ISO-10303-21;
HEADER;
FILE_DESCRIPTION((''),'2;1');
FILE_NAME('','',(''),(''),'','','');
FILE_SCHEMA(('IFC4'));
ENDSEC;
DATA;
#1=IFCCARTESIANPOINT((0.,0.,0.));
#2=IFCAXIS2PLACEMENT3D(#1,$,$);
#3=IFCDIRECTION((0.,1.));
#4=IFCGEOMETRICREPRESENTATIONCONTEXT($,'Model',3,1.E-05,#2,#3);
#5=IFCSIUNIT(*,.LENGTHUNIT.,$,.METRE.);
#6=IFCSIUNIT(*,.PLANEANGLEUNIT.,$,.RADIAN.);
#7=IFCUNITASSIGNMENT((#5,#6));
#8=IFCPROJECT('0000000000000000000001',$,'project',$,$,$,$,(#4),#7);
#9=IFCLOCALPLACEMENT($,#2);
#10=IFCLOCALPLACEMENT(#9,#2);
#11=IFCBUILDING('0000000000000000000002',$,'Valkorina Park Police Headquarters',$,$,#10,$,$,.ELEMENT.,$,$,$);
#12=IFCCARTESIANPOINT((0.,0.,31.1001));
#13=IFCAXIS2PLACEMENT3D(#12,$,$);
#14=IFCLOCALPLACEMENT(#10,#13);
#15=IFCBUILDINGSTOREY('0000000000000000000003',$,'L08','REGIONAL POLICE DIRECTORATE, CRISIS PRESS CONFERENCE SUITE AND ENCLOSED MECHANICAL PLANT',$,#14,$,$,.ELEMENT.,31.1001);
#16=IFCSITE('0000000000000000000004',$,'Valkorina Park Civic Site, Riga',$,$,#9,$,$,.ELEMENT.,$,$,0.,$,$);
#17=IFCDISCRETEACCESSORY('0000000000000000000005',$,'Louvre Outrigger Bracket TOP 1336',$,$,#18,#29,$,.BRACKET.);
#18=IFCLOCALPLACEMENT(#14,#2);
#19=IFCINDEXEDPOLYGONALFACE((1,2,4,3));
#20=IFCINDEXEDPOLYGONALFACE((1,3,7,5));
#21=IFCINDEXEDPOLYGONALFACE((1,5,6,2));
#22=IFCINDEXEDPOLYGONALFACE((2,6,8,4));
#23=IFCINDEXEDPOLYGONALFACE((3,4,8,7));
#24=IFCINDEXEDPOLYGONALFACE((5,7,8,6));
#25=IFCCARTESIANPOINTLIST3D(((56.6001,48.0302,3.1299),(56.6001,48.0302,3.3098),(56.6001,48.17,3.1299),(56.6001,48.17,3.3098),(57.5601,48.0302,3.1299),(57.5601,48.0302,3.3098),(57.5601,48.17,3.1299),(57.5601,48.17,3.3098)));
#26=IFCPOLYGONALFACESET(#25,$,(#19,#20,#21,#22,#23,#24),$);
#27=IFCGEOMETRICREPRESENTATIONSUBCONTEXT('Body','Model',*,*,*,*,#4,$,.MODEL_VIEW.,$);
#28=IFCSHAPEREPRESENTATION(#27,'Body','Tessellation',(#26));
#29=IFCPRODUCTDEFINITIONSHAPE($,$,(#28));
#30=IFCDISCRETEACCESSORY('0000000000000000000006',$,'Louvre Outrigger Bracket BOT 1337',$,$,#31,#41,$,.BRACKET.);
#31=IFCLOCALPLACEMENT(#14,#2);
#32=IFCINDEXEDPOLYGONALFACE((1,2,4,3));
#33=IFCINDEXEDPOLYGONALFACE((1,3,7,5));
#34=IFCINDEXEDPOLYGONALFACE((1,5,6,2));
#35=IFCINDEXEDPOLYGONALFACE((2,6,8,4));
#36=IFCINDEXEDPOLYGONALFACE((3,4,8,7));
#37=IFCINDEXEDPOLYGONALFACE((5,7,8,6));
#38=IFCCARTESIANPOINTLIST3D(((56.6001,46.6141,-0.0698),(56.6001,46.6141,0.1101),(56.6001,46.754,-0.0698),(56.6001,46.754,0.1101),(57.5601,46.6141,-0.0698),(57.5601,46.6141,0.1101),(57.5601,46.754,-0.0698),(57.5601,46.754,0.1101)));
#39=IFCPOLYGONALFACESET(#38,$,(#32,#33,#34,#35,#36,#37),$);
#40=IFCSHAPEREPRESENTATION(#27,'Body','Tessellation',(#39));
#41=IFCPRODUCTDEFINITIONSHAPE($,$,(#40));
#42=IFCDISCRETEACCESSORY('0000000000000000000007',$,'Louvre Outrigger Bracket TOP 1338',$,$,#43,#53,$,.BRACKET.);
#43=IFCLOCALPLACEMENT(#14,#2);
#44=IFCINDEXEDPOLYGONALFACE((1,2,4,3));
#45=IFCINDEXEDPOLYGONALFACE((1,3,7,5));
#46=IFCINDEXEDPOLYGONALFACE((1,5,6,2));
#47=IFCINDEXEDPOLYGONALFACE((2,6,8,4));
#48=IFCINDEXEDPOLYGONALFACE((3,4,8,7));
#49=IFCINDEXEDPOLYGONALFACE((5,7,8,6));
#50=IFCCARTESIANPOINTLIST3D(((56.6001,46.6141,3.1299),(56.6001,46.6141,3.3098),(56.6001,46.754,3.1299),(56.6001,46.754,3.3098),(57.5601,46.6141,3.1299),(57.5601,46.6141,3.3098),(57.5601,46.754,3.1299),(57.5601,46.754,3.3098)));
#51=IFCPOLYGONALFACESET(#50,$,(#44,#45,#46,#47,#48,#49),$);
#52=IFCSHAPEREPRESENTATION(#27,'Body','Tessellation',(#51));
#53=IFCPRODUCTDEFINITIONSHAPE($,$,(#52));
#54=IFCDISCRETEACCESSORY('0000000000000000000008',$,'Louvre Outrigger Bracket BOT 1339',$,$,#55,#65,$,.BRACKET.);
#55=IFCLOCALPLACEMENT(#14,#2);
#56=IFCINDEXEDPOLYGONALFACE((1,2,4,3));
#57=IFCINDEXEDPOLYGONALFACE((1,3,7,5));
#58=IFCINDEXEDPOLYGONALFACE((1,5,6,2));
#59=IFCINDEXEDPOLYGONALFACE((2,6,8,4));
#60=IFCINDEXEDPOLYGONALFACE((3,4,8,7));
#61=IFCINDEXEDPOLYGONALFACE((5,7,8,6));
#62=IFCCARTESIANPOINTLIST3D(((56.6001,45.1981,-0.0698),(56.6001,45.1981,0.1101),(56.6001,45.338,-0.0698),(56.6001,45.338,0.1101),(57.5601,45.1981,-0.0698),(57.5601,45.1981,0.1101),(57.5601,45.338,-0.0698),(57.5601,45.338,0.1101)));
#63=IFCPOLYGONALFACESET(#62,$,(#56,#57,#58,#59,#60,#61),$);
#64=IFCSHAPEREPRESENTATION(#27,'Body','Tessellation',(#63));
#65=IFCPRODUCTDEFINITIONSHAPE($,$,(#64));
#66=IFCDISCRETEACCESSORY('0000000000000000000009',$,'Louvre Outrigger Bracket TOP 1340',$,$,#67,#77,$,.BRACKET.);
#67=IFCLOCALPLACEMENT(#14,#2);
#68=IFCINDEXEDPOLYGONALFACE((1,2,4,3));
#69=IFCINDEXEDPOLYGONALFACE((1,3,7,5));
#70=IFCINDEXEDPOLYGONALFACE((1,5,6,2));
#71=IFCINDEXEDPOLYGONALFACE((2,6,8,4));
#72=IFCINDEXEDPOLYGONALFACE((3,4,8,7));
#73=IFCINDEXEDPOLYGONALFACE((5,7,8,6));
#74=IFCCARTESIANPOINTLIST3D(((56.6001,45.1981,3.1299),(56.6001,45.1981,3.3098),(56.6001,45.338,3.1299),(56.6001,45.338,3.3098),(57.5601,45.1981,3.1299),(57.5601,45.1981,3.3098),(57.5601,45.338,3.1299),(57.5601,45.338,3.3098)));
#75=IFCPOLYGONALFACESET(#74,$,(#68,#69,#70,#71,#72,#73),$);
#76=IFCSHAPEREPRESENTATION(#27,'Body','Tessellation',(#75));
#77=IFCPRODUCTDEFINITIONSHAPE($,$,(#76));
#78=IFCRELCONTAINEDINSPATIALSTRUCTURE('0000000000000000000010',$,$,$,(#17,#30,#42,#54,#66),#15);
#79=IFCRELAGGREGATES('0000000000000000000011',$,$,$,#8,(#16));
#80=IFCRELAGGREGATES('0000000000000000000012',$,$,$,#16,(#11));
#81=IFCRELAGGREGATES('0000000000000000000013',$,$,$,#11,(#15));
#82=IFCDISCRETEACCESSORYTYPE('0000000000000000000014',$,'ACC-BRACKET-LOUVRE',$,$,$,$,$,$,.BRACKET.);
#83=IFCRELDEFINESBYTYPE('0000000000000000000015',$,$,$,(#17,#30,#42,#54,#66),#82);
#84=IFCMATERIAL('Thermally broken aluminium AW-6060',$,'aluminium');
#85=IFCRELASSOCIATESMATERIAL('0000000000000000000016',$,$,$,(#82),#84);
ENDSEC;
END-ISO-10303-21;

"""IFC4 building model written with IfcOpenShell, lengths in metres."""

from ifc_helpers import new_model, si_unit, direction, frame, origin, origin_2d, place, context, subcontext, project, spatial, rectangle, extrude, material, type_object, element, save


model = new_model("IFC4")

# Units and contexts
model_context = context("Model", 3, precision=1e-05, world=origin(), true_north=direction((0.0, 1.0)))
body_context = subcontext(model_context, "Body", "Model", "MODEL_VIEW")
ifc_project = project(units=[si_unit("LENGTHUNIT", "METRE"), si_unit("PLANEANGLEUNIT", "RADIAN")], contexts=[model_context])

# Site, building, storey
site_placement = place(None, origin())
site = spatial("IfcSite", under=ifc_project, at=site_placement, Name="Valkorina Park Civic Site, Riga", CompositionType="ELEMENT", RefElevation=0.0)
building_placement = place(site_placement, origin())
building = spatial("IfcBuilding", under=site, at=building_placement, Name="Valkorina Park Police Headquarters", CompositionType="ELEMENT")
storey_placement = place(building_placement, frame((0.0, 0.0, 31.1001)))
storey = spatial("IfcBuildingStorey", under=building, at=storey_placement, Name="L08", Description="REGIONAL POLICE DIRECTORATE, CRISIS PRESS CONFERENCE SUITE AND ENCLOSED MECHANICAL PLANT", CompositionType="ELEMENT", Elevation=31.1001)

# Shared definitions
ifc_material_1 = material(Name="Thermally broken aluminium AW-6060", Category="aluminium")

# Discrete accessories
discrete_accessory_type = type_object("IfcDiscreteAccessoryType", Name="ACC-BRACKET-LOUVRE", PredefinedType="BRACKET", material=ifc_material_1)
for number, where, z_axis, x_axis, name in (
    (1, (57.0801, 48.1001, 3.1299), (0.0, 0.0, 1.0), (1.0, 0.0, 0.0), "Louvre Outrigger Bracket TOP 1336"),
    (2, (57.0801, 46.6841, -0.0698), (0.0, 0.0, 1.0), (1.0, 0.0, 0.0), "Louvre Outrigger Bracket BOT 1337"),
    (3, (57.0801, 46.6841, 3.1299), (0.0, 0.0, 1.0), (1.0, 0.0, 0.0), "Louvre Outrigger Bracket TOP 1338"),
    (4, (57.0801, 45.2681, -0.0698), (0.0, 0.0, 1.0), (1.0, 0.0, 0.0), "Louvre Outrigger Bracket BOT 1339"),
    (5, (57.0801, 45.2681, 3.1299), (0.0, 0.0, 1.0), (1.0, 0.0, 0.0), "Louvre Outrigger Bracket TOP 1340"),
):
    element("IfcDiscreteAccessory", number, at=place(storey_placement, frame(where, z_axis=z_axis, x_axis=x_axis)), inside=storey, type_object=discrete_accessory_type, Name=name, PredefinedType="BRACKET", context=body_context, shape_type="SweptSolid", body=[
        extrude(rectangle(XDim=0.96, YDim=0.1399, at=origin_2d()), origin(), (0.0, 0.0, 1.0), 0.1799),
    ])

save(model, "model.ifc")
